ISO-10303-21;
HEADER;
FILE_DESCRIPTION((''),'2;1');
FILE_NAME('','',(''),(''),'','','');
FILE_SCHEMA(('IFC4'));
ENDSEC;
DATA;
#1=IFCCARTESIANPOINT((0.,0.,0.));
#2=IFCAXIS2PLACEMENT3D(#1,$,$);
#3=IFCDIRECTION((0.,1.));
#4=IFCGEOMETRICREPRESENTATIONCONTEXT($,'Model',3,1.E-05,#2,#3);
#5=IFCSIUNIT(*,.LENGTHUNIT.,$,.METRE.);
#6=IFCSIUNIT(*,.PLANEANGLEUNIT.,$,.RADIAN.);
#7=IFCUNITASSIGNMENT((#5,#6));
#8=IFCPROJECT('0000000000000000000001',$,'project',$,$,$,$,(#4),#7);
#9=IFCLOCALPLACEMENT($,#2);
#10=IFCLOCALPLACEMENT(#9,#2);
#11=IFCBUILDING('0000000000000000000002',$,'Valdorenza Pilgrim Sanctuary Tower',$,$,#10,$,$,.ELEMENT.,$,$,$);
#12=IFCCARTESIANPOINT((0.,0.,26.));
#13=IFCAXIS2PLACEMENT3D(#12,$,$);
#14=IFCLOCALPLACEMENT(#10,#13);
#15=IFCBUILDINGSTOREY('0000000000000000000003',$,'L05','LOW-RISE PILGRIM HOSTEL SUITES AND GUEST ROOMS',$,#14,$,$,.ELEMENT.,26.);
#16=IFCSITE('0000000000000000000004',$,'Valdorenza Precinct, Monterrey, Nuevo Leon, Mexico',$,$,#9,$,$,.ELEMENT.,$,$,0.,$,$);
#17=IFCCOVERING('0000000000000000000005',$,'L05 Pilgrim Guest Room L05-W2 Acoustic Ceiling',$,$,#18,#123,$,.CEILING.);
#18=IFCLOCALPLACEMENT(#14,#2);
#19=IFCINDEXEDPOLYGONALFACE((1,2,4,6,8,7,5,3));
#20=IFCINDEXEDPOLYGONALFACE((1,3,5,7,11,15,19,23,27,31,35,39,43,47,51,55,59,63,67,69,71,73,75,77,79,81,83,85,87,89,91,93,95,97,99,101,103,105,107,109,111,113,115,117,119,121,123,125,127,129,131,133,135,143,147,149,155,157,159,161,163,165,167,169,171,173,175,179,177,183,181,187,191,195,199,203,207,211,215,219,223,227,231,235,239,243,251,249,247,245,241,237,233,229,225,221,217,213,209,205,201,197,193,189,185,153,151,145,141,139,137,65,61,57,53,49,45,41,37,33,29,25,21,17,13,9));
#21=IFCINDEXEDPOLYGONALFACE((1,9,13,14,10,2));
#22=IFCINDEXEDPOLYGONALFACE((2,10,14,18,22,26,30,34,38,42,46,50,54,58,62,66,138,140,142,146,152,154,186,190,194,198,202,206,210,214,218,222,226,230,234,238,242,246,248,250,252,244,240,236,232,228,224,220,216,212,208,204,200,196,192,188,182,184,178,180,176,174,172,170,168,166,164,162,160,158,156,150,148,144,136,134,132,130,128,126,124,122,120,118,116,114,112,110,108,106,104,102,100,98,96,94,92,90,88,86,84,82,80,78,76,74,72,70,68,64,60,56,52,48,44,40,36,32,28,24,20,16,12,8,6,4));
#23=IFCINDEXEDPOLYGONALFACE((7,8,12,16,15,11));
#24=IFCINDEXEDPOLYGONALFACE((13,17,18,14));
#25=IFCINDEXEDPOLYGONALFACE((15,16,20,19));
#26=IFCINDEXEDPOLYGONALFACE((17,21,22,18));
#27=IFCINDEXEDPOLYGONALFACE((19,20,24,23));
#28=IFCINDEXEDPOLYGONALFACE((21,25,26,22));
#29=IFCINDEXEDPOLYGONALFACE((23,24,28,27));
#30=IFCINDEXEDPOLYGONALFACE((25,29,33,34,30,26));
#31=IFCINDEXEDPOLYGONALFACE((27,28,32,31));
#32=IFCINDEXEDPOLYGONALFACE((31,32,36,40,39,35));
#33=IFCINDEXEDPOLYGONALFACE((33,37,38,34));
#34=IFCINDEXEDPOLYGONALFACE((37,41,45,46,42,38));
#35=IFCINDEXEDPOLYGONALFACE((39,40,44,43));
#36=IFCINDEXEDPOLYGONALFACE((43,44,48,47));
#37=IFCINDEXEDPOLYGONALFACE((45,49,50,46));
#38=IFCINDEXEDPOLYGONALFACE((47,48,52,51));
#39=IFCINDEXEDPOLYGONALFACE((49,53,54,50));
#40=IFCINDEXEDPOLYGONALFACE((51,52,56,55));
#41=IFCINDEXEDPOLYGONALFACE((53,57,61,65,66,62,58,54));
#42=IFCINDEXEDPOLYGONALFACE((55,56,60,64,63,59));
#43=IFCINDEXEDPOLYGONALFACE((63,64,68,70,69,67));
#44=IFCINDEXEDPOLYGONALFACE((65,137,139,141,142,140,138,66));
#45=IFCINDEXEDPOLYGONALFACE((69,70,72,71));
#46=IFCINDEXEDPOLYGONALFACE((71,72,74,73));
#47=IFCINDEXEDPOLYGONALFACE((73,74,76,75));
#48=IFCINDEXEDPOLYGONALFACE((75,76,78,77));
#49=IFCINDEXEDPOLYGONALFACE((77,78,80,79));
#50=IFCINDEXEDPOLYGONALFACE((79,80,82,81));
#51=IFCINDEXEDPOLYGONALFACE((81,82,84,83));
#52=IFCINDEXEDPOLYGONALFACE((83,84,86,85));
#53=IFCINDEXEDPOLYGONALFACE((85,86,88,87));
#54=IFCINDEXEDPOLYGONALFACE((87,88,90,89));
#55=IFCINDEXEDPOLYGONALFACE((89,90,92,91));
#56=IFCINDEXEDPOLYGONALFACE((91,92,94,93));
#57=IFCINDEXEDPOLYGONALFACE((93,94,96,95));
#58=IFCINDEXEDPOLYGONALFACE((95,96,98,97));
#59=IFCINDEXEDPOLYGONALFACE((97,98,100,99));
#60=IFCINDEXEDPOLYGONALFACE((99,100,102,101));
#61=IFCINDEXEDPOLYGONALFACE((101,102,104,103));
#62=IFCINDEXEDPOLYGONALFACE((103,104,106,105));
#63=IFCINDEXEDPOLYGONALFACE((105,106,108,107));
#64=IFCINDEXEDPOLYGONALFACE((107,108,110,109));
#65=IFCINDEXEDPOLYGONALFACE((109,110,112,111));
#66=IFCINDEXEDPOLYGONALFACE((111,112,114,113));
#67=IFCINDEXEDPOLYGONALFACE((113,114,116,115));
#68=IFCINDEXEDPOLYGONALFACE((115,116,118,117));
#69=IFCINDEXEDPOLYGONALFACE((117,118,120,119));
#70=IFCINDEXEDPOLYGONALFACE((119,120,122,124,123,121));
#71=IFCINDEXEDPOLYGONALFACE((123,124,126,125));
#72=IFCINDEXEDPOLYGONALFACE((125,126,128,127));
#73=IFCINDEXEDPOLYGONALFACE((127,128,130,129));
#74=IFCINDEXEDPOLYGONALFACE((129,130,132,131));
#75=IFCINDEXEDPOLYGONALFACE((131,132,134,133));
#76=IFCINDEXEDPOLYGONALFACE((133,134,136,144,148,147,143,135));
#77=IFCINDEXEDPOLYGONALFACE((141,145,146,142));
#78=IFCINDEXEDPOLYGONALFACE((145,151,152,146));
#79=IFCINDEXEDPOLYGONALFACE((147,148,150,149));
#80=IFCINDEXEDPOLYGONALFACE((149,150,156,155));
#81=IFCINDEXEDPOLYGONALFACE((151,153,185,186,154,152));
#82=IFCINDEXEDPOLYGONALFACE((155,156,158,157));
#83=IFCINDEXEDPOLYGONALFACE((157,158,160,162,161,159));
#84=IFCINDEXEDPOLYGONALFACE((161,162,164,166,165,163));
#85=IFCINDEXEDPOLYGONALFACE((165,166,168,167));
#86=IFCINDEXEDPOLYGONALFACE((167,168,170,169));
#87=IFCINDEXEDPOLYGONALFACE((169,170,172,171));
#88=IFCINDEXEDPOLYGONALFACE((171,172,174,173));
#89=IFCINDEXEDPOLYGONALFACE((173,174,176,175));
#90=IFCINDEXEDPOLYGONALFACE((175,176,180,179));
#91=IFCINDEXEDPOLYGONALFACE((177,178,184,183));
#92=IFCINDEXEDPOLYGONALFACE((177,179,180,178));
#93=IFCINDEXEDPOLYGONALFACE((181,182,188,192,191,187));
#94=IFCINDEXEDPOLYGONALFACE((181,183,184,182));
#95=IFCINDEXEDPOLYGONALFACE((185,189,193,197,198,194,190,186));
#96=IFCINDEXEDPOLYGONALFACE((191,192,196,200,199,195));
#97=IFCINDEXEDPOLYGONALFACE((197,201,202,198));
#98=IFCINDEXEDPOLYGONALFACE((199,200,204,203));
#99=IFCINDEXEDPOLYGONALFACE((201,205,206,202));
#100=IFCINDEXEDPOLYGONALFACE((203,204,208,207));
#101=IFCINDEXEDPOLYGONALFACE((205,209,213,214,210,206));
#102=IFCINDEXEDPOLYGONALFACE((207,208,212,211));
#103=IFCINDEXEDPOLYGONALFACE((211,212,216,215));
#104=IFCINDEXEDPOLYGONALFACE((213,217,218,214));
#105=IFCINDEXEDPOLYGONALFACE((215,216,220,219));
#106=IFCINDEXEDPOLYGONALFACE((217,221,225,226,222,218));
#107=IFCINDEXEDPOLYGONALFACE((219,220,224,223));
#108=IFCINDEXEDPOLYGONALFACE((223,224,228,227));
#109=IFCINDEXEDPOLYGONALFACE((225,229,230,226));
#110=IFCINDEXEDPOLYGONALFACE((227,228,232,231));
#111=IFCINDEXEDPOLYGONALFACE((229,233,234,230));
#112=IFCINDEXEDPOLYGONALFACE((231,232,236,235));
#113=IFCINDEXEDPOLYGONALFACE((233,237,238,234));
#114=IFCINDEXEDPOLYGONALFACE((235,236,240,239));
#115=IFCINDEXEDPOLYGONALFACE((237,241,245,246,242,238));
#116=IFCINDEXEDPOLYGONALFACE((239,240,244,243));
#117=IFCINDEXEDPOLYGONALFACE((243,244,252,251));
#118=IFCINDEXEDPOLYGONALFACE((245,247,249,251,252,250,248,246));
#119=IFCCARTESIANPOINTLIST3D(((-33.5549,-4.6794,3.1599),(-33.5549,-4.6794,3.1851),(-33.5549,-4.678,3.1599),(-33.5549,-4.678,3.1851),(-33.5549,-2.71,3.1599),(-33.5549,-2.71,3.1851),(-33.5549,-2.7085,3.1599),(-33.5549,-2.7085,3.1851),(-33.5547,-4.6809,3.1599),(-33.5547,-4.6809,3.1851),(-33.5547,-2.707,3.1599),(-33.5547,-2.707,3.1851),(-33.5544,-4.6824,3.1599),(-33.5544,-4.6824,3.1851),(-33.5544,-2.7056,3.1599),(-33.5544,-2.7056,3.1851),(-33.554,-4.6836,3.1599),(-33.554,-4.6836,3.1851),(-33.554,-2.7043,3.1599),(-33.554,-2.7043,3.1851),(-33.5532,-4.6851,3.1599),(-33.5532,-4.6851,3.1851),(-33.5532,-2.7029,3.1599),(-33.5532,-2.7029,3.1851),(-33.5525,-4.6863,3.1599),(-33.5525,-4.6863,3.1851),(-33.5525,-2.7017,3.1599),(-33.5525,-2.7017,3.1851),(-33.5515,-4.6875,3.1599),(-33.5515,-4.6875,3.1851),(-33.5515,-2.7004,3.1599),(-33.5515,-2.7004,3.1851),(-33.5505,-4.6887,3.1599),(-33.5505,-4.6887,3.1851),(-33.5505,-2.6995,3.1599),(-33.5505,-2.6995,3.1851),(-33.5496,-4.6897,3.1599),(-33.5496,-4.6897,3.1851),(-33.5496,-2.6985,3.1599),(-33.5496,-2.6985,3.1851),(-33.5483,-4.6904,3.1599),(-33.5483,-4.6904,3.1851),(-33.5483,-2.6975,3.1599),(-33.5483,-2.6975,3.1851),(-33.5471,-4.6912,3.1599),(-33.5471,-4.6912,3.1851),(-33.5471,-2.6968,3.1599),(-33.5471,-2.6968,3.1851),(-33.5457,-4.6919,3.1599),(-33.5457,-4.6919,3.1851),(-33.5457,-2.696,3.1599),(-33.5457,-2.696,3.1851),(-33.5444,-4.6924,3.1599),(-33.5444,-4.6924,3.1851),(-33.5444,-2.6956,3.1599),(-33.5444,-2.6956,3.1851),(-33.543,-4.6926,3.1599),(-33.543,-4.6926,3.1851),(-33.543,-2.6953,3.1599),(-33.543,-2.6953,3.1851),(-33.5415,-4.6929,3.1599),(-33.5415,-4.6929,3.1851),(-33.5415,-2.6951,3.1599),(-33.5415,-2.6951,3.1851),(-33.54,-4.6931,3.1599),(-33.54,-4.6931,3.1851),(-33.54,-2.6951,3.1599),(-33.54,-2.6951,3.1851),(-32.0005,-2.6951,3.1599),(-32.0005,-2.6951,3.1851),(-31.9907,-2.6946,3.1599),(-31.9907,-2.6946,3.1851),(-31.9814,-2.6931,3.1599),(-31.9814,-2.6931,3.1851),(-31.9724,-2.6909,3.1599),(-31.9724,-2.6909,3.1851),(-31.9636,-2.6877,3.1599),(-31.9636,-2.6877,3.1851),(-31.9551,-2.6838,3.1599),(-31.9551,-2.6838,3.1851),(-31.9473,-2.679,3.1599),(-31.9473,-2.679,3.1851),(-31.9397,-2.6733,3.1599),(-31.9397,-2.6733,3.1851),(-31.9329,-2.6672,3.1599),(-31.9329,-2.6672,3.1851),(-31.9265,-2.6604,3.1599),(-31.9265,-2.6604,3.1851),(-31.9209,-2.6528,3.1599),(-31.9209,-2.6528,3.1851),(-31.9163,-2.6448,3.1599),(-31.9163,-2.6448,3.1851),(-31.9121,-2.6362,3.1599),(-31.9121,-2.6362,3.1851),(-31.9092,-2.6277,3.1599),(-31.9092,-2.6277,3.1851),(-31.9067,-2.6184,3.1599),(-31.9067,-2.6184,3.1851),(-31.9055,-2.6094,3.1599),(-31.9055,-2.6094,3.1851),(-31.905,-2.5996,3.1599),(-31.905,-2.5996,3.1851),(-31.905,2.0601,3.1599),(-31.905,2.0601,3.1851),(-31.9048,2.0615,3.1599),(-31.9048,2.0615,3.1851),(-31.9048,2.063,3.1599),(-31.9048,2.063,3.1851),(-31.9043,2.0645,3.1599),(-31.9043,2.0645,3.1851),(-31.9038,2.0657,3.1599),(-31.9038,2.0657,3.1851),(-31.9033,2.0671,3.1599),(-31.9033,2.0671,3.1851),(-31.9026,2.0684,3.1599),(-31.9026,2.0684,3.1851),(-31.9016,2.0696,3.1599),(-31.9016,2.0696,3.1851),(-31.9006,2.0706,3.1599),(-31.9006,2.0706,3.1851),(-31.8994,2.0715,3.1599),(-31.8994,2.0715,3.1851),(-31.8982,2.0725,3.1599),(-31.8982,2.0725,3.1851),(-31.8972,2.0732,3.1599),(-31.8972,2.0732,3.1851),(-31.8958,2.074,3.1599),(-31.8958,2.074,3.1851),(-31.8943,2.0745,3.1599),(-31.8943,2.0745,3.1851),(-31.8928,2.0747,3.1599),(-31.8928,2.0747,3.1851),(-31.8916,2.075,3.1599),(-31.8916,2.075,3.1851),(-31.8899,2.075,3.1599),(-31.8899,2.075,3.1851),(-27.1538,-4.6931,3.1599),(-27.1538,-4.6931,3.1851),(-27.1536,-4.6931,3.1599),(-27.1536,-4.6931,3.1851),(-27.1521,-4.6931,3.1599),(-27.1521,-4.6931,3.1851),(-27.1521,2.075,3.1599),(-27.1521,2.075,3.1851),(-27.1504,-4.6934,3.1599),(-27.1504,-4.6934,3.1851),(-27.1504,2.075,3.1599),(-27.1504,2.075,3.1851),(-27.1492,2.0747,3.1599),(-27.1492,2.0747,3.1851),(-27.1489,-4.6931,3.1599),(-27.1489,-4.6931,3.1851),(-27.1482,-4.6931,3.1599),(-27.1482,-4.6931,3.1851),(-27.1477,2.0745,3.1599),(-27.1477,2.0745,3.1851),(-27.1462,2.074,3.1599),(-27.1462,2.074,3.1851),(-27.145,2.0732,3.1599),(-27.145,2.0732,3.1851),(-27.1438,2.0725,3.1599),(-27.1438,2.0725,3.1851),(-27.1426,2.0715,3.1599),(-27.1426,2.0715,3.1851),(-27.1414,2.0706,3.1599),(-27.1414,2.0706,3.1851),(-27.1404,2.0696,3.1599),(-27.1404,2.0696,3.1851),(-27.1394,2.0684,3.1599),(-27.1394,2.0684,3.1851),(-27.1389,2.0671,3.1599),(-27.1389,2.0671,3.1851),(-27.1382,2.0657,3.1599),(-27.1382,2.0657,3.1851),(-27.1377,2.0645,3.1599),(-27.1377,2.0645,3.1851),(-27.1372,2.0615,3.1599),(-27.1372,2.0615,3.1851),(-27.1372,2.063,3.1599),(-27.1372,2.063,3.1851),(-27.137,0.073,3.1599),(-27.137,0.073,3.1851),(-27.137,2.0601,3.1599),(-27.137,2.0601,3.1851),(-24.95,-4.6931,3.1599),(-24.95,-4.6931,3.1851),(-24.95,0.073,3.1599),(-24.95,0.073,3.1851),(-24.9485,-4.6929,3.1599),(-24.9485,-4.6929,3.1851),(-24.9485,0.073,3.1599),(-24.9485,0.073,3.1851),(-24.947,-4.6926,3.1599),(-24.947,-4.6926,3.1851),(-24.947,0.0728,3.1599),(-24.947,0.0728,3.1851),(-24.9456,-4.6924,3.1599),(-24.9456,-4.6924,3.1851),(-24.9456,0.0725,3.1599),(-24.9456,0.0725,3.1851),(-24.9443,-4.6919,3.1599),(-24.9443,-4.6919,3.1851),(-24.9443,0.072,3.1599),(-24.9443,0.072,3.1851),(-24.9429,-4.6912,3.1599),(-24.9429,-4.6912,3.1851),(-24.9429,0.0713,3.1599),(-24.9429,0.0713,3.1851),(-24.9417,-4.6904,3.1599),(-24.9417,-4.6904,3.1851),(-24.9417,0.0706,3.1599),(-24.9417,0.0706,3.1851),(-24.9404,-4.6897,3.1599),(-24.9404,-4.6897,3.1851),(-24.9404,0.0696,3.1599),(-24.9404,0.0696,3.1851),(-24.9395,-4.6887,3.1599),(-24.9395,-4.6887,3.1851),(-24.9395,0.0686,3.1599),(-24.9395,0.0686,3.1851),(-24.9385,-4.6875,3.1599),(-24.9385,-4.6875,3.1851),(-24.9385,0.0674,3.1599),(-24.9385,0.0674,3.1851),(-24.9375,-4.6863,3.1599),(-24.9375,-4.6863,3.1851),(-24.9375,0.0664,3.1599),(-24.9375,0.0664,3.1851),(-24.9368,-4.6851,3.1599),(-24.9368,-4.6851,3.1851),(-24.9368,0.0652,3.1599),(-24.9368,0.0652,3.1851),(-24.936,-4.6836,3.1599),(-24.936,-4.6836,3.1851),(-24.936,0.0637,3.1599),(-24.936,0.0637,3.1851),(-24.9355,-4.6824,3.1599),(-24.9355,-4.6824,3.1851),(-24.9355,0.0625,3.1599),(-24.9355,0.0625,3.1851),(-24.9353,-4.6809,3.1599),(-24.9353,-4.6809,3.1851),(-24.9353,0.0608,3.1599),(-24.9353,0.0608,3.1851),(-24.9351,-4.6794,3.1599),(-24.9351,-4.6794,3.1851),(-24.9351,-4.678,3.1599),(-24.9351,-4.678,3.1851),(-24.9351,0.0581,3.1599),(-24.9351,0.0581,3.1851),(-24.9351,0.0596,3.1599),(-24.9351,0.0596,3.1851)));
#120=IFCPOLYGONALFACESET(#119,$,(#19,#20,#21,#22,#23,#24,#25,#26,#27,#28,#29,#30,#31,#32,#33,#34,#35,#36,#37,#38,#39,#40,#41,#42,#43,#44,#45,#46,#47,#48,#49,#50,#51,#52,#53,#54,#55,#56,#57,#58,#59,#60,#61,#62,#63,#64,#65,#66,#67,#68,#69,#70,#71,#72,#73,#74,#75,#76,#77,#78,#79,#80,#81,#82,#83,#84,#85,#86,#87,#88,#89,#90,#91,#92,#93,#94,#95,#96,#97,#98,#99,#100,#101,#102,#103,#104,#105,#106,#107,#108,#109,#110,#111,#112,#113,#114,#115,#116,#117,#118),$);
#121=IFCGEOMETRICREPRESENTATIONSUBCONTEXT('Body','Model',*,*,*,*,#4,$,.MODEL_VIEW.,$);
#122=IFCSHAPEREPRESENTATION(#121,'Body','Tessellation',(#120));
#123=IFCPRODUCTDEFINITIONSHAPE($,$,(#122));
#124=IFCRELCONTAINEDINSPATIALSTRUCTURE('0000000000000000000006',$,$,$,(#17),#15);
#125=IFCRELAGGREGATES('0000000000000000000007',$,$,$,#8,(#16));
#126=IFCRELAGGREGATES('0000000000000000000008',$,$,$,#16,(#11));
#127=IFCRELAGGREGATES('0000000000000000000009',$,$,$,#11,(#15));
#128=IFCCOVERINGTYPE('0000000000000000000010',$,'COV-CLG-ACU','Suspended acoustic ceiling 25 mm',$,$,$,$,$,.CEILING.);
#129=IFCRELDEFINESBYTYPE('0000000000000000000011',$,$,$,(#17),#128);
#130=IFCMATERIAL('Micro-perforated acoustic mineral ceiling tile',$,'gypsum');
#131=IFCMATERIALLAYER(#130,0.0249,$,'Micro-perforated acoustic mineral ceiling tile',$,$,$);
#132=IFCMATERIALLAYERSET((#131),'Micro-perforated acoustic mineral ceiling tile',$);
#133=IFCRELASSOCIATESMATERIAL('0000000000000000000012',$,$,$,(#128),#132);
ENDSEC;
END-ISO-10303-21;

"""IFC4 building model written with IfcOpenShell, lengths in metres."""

from ifc_helpers import new_model, si_unit, direction, frame, origin, place, context, subcontext, project, spatial, polyline, outline, extrude, material, layer, layer_set, type_object, element, save


model = new_model("IFC4")

# Units and contexts
model_context = context("Model", 3, precision=1e-05, world=origin(), true_north=direction((0.0, 1.0)))
body_context = subcontext(model_context, "Body", "Model", "MODEL_VIEW")
ifc_project = project(units=[si_unit("LENGTHUNIT", "METRE"), si_unit("PLANEANGLEUNIT", "RADIAN")], contexts=[model_context])

# Site, building, storey
site_placement = place(None, origin())
site = spatial("IfcSite", under=ifc_project, at=site_placement, Name="Valdorenza Precinct, Monterrey, Nuevo Leon, Mexico", CompositionType="ELEMENT", RefElevation=0.0)
building_placement = place(site_placement, origin())
building = spatial("IfcBuilding", under=site, at=building_placement, Name="Valdorenza Pilgrim Sanctuary Tower", CompositionType="ELEMENT")
storey_placement = place(building_placement, frame((0.0, 0.0, 26.0)))
storey = spatial("IfcBuildingStorey", under=building, at=storey_placement, Name="L05", Description="LOW-RISE PILGRIM HOSTEL SUITES AND GUEST ROOMS", CompositionType="ELEMENT", Elevation=26.0)

# Covering
ifc_material_1 = material(Name="Micro-perforated acoustic mineral ceiling tile", Category="gypsum")
ifc_layer_1 = layer(ifc_material_1, 0.0249, Name="Micro-perforated acoustic mineral ceiling tile")
ifc_layer_set_1 = layer_set([ifc_layer_1], Name="Micro-perforated acoustic mineral ceiling tile")
covering_type_1 = type_object("IfcCoveringType", Name="COV-CLG-ACU", Description="Suspended acoustic ceiling 25 mm", PredefinedType="CEILING", material=ifc_layer_set_1)
covering_1_placement = place(storey_placement, frame((0.0, 0.0, 3.1599)))
element("IfcCovering", 1, at=covering_1_placement, inside=storey, type_object=covering_type_1, Name="L05 Pilgrim Guest Room L05-W2 Acoustic Ceiling", PredefinedType="CEILING", context=body_context, shape_type="SweptSolid", body=[
    extrude(outline(polyline([(-33.5549, -2.71), (-33.5549, -2.7085), (-33.5547, -2.707), (-33.5544, -2.7056), (-33.554, -2.7043), (-33.5532, -2.7029), (-33.5525, -2.7017), (-33.5515, -2.7004), (-33.5505, -2.6995), (-33.5496, -2.6985), (-33.5483, -2.6975), (-33.5471, -2.6968), (-33.5457, -2.696), (-33.5444, -2.6956), (-33.543, -2.6953), (-33.5415, -2.6951), (-33.54, -2.6951), (-32.0005, -2.6951), (-31.9907, -2.6946), (-31.9814, -2.6931), (-31.9724, -2.6909), (-31.9636, -2.6877), (-31.9551, -2.6838), (-31.9473, -2.679), (-31.9397, -2.6733), (-31.9329, -2.6672), (-31.9265, -2.6604), (-31.9209, -2.6528), (-31.9163, -2.6448), (-31.9121, -2.6362), (-31.9092, -2.6277), (-31.9067, -2.6184), (-31.9055, -2.6094), (-31.905, -2.5996), (-31.905, 2.0601), (-31.9048, 2.0615), (-31.9048, 2.063), (-31.9043, 2.0645), (-31.9038, 2.0657), (-31.9033, 2.0671), (-31.9026, 2.0684), (-31.9016, 2.0696), (-31.9006, 2.0706), (-31.8994, 2.0715), (-31.8982, 2.0725), (-31.8972, 2.0732), (-31.8958, 2.074), (-31.8943, 2.0745), (-31.8928, 2.0747), (-31.8916, 2.075), (-31.8899, 2.075), (-27.1521, 2.075), (-27.1504, 2.075), (-27.1492, 2.0747), (-27.1477, 2.0745), (-27.1462, 2.074), (-27.145, 2.0732), (-27.1438, 2.0725), (-27.1426, 2.0715), (-27.1414, 2.0706), (-27.1404, 2.0696), (-27.1394, 2.0684), (-27.1389, 2.0671), (-27.1382, 2.0657), (-27.1377, 2.0645), (-27.1372, 2.063), (-27.1372, 2.0615), (-27.137, 2.0601), (-27.137, 0.073), (-24.95, 0.073), (-24.9485, 0.073), (-24.947, 0.0728), (-24.9456, 0.0725), (-24.9443, 0.072), (-24.9429, 0.0713), (-24.9417, 0.0706), (-24.9404, 0.0696), (-24.9395, 0.0686), (-24.9385, 0.0674), (-24.9375, 0.0664), (-24.9368, 0.0652), (-24.936, 0.0637), (-24.9355, 0.0625), (-24.9353, 0.0608), (-24.9351, 0.0596), (-24.9351, 0.0581), (-24.9351, -4.678), (-24.9351, -4.6794), (-24.9353, -4.6809), (-24.9355, -4.6824), (-24.936, -4.6836), (-24.9368, -4.6851), (-24.9375, -4.6863), (-24.9385, -4.6875), (-24.9395, -4.6887), (-24.9404, -4.6897), (-24.9417, -4.6904), (-24.9429, -4.6912), (-24.9443, -4.6919), (-24.9456, -4.6924), (-24.947, -4.6926), (-24.9485, -4.6929), (-24.95, -4.6931), (-27.1482, -4.6931), (-27.1489, -4.6931), (-27.1504, -4.6934), (-27.1521, -4.6931), (-27.1536, -4.6931), (-27.1538, -4.6931), (-33.54, -4.6931), (-33.5415, -4.6929), (-33.543, -4.6926), (-33.5444, -4.6924), (-33.5457, -4.6919), (-33.5471, -4.6912), (-33.5483, -4.6904), (-33.5496, -4.6897), (-33.5505, -4.6887), (-33.5515, -4.6875), (-33.5525, -4.6863), (-33.5532, -4.6851), (-33.554, -4.6836), (-33.5544, -4.6824), (-33.5547, -4.6809), (-33.5549, -4.6794), (-33.5549, -4.678), (-33.5549, -2.71)])), origin(), (0.0, 0.0, 1.0), 0.0251),
])

save(model, "model.ifc")
